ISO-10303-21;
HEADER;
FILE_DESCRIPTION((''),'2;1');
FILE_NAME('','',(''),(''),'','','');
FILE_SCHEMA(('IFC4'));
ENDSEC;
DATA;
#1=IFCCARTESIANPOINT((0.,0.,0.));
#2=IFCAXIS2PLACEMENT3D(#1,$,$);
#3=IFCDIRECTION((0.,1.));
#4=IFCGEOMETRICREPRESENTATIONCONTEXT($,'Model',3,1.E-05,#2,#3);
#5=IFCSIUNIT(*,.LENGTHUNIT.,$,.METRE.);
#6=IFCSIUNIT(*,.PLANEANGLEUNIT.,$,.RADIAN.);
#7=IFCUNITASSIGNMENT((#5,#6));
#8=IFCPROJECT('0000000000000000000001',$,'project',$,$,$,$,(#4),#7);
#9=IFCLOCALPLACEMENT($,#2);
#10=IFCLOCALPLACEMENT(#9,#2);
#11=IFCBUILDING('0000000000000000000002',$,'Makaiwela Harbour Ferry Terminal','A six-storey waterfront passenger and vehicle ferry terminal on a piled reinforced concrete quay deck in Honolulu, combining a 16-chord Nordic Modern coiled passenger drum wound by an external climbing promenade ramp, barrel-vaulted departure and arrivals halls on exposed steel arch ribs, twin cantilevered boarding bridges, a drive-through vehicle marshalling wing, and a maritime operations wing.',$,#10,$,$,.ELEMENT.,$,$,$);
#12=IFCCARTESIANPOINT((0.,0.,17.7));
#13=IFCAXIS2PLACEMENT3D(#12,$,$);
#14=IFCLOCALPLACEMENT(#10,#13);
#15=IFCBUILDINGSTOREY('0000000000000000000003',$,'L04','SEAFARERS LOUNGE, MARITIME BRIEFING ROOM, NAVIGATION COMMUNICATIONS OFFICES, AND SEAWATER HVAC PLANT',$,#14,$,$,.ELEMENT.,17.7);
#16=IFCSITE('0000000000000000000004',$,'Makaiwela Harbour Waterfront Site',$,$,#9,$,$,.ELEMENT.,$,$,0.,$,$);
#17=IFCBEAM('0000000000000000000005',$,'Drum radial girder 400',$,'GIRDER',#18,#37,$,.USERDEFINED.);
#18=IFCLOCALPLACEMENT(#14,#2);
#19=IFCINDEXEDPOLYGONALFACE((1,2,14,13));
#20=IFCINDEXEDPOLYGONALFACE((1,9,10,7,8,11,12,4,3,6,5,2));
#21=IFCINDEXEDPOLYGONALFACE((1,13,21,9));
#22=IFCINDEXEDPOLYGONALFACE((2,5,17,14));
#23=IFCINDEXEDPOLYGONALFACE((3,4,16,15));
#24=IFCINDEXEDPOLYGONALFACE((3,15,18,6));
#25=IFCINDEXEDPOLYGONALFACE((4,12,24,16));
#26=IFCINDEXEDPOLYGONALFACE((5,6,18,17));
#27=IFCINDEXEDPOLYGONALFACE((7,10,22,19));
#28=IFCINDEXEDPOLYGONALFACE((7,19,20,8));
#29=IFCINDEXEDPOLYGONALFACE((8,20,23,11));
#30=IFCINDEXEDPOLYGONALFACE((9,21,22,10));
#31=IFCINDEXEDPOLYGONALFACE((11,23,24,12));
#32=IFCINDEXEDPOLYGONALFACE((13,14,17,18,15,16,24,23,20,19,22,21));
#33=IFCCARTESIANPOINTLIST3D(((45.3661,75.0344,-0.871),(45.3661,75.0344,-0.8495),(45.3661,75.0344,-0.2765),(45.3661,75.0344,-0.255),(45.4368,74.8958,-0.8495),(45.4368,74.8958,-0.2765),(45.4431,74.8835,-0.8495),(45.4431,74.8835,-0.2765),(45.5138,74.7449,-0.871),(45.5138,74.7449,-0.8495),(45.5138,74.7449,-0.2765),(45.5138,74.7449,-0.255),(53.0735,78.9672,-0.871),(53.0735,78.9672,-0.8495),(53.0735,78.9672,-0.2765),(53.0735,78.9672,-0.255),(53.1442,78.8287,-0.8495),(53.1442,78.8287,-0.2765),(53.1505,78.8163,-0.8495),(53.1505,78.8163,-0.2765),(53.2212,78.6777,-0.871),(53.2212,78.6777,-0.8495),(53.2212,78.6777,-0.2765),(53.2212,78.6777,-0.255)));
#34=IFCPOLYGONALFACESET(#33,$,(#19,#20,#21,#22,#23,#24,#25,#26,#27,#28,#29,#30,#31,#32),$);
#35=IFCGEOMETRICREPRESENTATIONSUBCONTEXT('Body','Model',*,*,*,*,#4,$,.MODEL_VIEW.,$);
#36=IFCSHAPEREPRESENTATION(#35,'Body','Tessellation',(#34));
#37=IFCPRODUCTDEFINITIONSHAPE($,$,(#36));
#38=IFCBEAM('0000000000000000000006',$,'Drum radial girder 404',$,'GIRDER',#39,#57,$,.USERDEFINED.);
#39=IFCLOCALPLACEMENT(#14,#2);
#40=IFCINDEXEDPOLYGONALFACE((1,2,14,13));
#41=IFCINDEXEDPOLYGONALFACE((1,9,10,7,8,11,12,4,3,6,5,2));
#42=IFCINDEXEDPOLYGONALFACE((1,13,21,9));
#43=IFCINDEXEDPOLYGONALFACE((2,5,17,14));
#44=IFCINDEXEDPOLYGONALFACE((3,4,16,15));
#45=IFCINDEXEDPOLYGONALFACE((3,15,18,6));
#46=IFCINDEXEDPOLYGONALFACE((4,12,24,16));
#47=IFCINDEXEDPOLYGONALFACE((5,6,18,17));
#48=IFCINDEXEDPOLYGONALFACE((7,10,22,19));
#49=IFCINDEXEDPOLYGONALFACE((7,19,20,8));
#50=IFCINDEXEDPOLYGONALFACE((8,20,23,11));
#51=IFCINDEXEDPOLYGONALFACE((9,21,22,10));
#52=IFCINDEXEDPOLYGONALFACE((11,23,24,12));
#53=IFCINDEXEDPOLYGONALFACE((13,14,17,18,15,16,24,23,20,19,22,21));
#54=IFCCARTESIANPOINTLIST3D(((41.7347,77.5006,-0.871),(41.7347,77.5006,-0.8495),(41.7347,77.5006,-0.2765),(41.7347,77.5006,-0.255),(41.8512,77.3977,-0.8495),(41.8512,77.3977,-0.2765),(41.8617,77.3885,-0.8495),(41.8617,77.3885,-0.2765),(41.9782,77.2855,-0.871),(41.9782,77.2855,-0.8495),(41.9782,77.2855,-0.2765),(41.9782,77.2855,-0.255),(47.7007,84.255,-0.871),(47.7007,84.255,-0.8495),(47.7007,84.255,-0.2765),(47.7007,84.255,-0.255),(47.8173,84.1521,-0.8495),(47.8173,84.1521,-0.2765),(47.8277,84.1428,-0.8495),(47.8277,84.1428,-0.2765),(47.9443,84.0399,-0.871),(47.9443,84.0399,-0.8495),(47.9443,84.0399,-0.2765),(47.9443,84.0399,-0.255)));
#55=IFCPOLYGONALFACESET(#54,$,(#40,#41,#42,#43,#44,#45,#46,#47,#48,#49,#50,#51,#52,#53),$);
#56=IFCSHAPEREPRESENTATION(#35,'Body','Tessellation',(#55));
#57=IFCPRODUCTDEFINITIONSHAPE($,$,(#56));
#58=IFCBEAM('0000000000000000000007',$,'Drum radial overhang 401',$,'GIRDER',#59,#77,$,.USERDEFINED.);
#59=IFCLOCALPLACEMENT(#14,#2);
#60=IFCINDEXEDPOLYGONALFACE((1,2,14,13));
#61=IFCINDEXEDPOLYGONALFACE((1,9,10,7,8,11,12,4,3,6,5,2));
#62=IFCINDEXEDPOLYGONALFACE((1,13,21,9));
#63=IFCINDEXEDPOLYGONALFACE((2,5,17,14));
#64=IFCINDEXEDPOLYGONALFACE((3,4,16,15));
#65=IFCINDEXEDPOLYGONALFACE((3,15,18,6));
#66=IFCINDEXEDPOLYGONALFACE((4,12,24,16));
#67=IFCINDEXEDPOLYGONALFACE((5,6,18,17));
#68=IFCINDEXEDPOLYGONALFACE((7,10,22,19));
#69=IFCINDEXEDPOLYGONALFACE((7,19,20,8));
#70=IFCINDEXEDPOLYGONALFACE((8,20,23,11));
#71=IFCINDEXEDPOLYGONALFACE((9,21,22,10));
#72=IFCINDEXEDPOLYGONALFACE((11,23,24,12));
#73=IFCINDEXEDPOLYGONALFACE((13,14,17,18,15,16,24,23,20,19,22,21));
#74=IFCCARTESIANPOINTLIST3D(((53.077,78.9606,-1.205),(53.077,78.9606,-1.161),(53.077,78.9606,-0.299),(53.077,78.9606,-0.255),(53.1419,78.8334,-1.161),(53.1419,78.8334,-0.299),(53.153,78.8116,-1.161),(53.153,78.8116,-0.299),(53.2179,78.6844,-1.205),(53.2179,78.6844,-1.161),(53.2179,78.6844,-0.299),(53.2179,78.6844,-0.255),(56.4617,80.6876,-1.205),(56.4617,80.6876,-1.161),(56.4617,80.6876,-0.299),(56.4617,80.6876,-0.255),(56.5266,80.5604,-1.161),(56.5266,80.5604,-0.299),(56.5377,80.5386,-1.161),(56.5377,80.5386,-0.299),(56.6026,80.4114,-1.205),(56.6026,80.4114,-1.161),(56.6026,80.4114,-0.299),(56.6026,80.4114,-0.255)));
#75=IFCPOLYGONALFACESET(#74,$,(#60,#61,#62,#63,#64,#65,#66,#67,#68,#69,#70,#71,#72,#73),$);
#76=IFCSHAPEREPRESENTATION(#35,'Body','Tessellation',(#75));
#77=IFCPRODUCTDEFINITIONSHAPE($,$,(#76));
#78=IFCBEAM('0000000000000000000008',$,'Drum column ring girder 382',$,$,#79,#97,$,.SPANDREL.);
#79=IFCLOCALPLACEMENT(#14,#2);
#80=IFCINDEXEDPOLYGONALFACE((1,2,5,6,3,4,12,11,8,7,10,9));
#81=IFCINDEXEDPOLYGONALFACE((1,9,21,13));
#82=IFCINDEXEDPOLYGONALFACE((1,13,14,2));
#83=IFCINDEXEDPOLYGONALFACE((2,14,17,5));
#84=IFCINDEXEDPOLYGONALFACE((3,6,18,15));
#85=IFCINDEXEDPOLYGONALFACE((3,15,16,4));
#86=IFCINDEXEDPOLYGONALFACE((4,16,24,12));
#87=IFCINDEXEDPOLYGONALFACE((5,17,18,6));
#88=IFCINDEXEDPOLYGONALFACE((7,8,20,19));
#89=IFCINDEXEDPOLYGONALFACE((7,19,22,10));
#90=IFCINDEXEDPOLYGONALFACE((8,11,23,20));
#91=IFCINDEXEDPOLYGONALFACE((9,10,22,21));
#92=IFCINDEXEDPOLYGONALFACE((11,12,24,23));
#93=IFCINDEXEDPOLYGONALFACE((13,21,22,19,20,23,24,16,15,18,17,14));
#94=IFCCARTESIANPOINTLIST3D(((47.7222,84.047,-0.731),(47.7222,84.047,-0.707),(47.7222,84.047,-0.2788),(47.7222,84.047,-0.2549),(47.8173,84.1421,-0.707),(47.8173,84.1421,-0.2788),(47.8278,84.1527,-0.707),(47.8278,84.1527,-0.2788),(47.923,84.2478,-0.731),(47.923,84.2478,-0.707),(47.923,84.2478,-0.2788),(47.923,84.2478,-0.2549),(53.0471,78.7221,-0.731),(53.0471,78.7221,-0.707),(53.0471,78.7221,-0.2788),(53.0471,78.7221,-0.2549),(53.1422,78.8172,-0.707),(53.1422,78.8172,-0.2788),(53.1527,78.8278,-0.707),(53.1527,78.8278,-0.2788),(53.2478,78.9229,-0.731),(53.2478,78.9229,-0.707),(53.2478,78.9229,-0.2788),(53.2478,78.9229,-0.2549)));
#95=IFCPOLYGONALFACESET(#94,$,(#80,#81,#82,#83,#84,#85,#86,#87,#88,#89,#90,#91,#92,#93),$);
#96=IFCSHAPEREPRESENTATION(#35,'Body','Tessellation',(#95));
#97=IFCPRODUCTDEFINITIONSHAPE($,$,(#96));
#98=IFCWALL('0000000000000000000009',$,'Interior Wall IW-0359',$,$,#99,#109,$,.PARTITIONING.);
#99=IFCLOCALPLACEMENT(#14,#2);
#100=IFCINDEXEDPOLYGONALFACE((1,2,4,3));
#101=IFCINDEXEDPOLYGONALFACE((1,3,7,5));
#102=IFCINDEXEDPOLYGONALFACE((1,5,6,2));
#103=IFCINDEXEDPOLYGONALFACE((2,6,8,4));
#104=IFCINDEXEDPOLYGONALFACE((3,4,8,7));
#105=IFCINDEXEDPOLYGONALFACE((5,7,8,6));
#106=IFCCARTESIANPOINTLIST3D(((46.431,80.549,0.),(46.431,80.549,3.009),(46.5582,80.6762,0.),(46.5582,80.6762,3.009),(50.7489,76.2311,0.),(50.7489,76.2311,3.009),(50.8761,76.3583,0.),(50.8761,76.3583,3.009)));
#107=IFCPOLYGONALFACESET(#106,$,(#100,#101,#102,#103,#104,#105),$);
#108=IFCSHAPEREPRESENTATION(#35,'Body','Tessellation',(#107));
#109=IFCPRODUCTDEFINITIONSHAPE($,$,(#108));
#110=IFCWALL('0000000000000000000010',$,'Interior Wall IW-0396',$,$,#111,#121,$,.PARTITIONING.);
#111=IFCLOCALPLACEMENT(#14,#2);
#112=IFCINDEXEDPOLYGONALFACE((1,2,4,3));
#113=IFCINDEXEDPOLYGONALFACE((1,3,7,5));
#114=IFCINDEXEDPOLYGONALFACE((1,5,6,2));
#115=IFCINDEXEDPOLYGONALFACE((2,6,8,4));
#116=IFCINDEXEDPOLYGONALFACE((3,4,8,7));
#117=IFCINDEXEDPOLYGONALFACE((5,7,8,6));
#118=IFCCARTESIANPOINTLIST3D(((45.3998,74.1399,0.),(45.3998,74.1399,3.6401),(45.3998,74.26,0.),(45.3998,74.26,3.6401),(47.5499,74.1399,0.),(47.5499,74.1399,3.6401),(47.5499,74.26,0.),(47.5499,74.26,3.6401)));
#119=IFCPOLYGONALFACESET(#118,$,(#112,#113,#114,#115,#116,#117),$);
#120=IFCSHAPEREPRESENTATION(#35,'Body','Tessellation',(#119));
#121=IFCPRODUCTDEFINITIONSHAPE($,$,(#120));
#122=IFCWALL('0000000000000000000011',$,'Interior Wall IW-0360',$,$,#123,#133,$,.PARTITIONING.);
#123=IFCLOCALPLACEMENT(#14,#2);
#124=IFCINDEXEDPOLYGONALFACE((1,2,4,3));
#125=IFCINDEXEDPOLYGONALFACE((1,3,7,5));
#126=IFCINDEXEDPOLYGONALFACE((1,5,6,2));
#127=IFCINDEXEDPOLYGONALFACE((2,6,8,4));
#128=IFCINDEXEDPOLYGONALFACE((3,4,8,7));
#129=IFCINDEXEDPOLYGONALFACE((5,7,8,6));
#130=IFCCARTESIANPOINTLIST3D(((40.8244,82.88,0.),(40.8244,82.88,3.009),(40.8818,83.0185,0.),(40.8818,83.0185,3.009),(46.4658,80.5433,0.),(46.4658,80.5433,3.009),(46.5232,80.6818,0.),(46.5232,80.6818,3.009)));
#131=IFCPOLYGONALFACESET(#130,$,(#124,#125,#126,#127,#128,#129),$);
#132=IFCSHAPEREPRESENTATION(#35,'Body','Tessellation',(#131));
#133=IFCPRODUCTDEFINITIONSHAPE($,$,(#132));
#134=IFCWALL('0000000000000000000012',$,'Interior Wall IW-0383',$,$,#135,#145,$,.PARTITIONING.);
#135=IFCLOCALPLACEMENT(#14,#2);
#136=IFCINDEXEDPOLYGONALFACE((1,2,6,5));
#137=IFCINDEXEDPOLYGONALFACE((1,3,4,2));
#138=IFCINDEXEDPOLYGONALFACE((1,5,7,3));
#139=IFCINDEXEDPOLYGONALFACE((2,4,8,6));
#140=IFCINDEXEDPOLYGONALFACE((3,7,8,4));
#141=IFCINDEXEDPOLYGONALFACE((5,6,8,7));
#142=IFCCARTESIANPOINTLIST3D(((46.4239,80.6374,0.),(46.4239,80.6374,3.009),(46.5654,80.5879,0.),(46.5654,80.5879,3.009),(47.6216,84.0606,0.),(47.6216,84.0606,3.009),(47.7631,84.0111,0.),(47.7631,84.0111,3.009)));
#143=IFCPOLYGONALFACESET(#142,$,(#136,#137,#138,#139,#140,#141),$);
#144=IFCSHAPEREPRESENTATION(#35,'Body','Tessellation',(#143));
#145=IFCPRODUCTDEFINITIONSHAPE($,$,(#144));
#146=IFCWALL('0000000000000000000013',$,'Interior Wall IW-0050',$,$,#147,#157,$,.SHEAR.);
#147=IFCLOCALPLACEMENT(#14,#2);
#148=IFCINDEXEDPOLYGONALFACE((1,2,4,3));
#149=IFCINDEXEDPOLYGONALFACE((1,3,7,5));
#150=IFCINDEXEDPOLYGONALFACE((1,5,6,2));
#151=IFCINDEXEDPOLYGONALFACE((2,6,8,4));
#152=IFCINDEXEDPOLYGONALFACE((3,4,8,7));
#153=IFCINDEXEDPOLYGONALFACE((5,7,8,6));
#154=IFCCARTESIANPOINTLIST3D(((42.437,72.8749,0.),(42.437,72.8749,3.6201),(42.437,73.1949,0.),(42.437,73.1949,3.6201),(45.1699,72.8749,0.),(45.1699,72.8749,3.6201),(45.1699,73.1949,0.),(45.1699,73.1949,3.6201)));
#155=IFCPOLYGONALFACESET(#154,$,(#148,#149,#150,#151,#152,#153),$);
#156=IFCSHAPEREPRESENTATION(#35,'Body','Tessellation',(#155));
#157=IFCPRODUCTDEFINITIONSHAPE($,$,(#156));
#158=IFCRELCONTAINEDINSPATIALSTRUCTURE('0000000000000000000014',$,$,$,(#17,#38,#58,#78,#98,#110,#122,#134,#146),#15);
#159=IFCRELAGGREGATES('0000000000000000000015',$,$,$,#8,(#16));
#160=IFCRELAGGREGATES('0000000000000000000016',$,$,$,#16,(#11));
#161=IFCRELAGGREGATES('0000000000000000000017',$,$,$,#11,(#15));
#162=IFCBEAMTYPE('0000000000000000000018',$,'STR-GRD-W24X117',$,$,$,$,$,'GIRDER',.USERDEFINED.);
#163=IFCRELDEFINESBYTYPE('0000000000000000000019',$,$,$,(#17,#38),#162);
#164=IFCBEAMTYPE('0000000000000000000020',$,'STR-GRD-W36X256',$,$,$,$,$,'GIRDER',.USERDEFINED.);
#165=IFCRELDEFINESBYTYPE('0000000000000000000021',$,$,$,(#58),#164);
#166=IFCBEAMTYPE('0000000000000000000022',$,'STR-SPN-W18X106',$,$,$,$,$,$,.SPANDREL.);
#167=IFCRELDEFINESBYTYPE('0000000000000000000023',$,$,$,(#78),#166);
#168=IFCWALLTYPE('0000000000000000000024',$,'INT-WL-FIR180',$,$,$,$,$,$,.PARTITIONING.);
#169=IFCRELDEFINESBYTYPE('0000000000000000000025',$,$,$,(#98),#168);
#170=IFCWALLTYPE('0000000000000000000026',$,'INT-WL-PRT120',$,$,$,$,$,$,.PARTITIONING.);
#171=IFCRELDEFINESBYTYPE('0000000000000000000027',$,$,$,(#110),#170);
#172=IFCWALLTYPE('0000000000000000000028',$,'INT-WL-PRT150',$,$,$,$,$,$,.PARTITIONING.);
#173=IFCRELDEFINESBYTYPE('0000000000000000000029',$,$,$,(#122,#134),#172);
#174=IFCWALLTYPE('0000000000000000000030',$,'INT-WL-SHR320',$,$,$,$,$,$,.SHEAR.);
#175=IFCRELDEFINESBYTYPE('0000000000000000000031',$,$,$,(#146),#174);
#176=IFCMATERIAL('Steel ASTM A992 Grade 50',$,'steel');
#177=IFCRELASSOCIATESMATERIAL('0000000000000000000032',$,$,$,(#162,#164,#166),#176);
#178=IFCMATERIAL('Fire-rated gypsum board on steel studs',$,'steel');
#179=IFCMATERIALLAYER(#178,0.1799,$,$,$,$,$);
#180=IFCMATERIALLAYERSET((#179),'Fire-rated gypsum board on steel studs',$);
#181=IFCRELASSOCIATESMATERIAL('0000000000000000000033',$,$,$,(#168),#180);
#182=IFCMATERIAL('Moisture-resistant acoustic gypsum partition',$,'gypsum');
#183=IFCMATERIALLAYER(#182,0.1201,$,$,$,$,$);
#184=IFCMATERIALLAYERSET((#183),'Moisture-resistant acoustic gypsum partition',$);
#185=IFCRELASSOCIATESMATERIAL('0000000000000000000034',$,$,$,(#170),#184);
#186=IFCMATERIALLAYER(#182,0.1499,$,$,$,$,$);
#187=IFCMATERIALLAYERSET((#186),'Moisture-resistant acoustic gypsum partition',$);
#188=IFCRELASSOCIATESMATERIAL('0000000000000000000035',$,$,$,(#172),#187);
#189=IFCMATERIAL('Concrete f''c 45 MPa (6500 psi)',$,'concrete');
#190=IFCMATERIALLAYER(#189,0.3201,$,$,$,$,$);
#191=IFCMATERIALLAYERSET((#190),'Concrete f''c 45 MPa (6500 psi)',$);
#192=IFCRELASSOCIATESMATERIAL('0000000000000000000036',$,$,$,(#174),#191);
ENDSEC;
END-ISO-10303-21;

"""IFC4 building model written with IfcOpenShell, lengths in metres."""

from ifc_helpers import new_model, si_unit, direction, frame, frame_2d, origin, origin_2d, place, context, subcontext, project, spatial, rectangle, i_section, extrude, material, layer, layer_set, material_profile, profile_set, type_object, element, save


model = new_model("IFC4")

# Units and contexts
model_context = context("Model", 3, precision=1e-05, world=origin(), true_north=direction((0.0, 1.0)))
body_context = subcontext(model_context, "Body", "Model", "MODEL_VIEW")
ifc_project = project(units=[si_unit("LENGTHUNIT", "METRE"), si_unit("PLANEANGLEUNIT", "RADIAN")], contexts=[model_context])

# Site, building, storey
site_placement = place(None, origin())
site = spatial("IfcSite", under=ifc_project, at=site_placement, Name="Makaiwela Harbour Waterfront Site", CompositionType="ELEMENT", RefElevation=0.0)
building_placement = place(site_placement, origin())
building = spatial("IfcBuilding", under=site, at=building_placement, Name="Makaiwela Harbour Ferry Terminal", Description="A six-storey waterfront passenger and vehicle ferry terminal on a piled reinforced concrete quay deck in Honolulu, combining a 16-chord Nordic Modern coiled passenger drum wound by an external climbing promenade ramp, barrel-vaulted departure and arrivals halls on exposed steel arch ribs, twin cantilevered boarding bridges, a drive-through vehicle marshalling wing, and a maritime operations wing.", CompositionType="ELEMENT")
storey_placement = place(building_placement, frame((0.0, 0.0, 17.7)))
storey = spatial("IfcBuildingStorey", under=building, at=storey_placement, Name="L04", Description="SEAFARERS LOUNGE, MARITIME BRIEFING ROOM, NAVIGATION COMMUNICATIONS OFFICES, AND SEAWATER HVAC PLANT", CompositionType="ELEMENT", Elevation=17.7)

# Shared definitions
ifc_material_1 = material(Name="Steel ASTM A992 Grade 50", Category="steel")

# Beams
ifc_material_profile_1 = material_profile(ifc_material_1, i_section(OverallWidth=0.325, OverallDepth=0.616, WebThickness=0.0139, FlangeThickness=0.0215, at=origin_2d()), Name="W24X117")
ifc_profile_set_1 = profile_set([ifc_material_profile_1], Name="Steel ASTM A992 Grade 50")
beam_type_1 = type_object("IfcBeamType", Name="STR-GRD-W24X117", ElementType="GIRDER", PredefinedType="USERDEFINED", material=ifc_profile_set_1)
beam_1_placement = place(storey_placement, frame((45.4399, 74.8896, -0.563), z_axis=(0.890741, 0.454512, 0.0), x_axis=(-0.454512, 0.890741, 0.0)))
element("IfcBeam", 1, at=beam_1_placement, inside=storey, type_object=beam_type_1, Name="Drum radial girder 400", ObjectType="GIRDER", PredefinedType="USERDEFINED", context=body_context, shape_type="SweptSolid", body=[
    extrude(i_section(OverallWidth=0.325, OverallDepth=0.616, WebThickness=0.0139, FlangeThickness=0.0215, at=origin_2d()), origin(), (0.0, 0.0, 1.0), 8.6528),
])
beam_2_placement = place(storey_placement, frame((41.8564, 77.3931, -0.563), z_axis=(0.662015, 0.749491, 0.0), x_axis=(-0.749491, 0.662015, 0.0)))
element("IfcBeam", 2, at=beam_2_placement, inside=storey, type_object=beam_type_1, Name="Drum radial girder 404", ObjectType="GIRDER", PredefinedType="USERDEFINED", context=body_context, shape_type="SweptSolid", body=[
    extrude(i_section(OverallWidth=0.325, OverallDepth=0.616, WebThickness=0.0139, FlangeThickness=0.0215, at=origin_2d()), origin(), (0.0, 0.0, 1.0), 9.012),
])
ifc_material_profile_2 = material_profile(ifc_material_1, i_section(OverallWidth=0.3101, OverallDepth=0.95, WebThickness=0.0244, FlangeThickness=0.0439, at=origin_2d()), Name="W36X256")
ifc_profile_set_2 = profile_set([ifc_material_profile_2], Name="Steel ASTM A992 Grade 50")
beam_type_2 = type_object("IfcBeamType", Name="STR-GRD-W36X256", ElementType="GIRDER", PredefinedType="USERDEFINED", material=ifc_profile_set_2)
beam_3_placement = place(storey_placement, frame((53.1475, 78.8225, -0.73), z_axis=(0.890748, 0.454497, 0.0), x_axis=(-0.454497, 0.890748, 0.0)))
element("IfcBeam", 3, at=beam_3_placement, inside=storey, type_object=beam_type_2, Name="Drum radial overhang 401", ObjectType="GIRDER", PredefinedType="USERDEFINED", context=body_context, shape_type="SweptSolid", body=[
    extrude(i_section(OverallWidth=0.3101, OverallDepth=0.95, WebThickness=0.0244, FlangeThickness=0.0439, at=origin_2d()), origin(), (0.0, 0.0, 1.0), 3.7998),
])
ifc_material_profile_3 = material_profile(ifc_material_1, i_section(OverallWidth=0.2839, OverallDepth=0.4761, WebThickness=0.0149, FlangeThickness=0.0239, at=origin_2d()), Name="W18X106")
ifc_profile_set_3 = profile_set([ifc_material_profile_3], Name="Steel ASTM A992 Grade 50")
beam_type_3 = type_object("IfcBeamType", Name="STR-SPN-W18X106", PredefinedType="SPANDREL", material=ifc_profile_set_3)
beam_4_placement = place(storey_placement, frame((53.1475, 78.8225, -0.4929), z_axis=(-0.707107, 0.707107, 0.0), x_axis=(-0.707107, -0.707107, 0.0)))
element("IfcBeam", 4, at=beam_4_placement, inside=storey, type_object=beam_type_3, Name="Drum column ring girder 382", PredefinedType="SPANDREL", context=body_context, shape_type="SweptSolid", body=[
    extrude(i_section(OverallWidth=0.2839, OverallDepth=0.4761, WebThickness=0.0149, FlangeThickness=0.0239, at=origin_2d()), origin(), (0.0, 0.0, 1.0), 7.5305),
])

# Walls
ifc_material_2 = material(Name="Fire-rated gypsum board on steel studs", Category="steel")
ifc_layer_1 = layer(ifc_material_2, 0.1799)
ifc_layer_set_1 = layer_set([ifc_layer_1], Name="Fire-rated gypsum board on steel studs")
wall_type_1 = type_object("IfcWallType", Name="INT-WL-FIR180", PredefinedType="PARTITIONING", material=ifc_layer_set_1)
wall_1_placement = place(storey_placement, frame((50.8125, 76.2947, 0.0), z_axis=(0.0, 0.0, 1.0), x_axis=(-0.707107, 0.707107, 0.0)))
element("IfcWall", 5, at=wall_1_placement, inside=storey, type_object=wall_type_1, Name="Interior Wall IW-0359", PredefinedType="PARTITIONING", context=body_context, shape_type="SweptSolid", body=[
    extrude(rectangle(XDim=6.1064, YDim=0.1799, at=frame_2d((3.0532, 0.0))), origin(), (0.0, 0.0, 1.0), 3.009),
])
ifc_material_3 = material(Name="Moisture-resistant acoustic gypsum partition", Category="gypsum")
ifc_layer_2 = layer(ifc_material_3, 0.1201)
ifc_layer_set_2 = layer_set([ifc_layer_2], Name="Moisture-resistant acoustic gypsum partition")
wall_type_2 = type_object("IfcWallType", Name="INT-WL-PRT120", PredefinedType="PARTITIONING", material=ifc_layer_set_2)
wall_2_placement = place(storey_placement, frame((47.55, 74.2, 0.0), z_axis=(0.0, 0.0, 1.0), x_axis=(-1.0, 0.0, 0.0)))
element("IfcWall", 6, at=wall_2_placement, inside=storey, type_object=wall_type_2, Name="Interior Wall IW-0396", PredefinedType="PARTITIONING", context=body_context, shape_type="SweptSolid", body=[
    extrude(rectangle(XDim=2.1501, YDim=0.1201, at=frame_2d((1.0752, 0.0))), origin(), (0.0, 0.0, 1.0), 3.6401),
])
ifc_layer_3 = layer(ifc_material_3, 0.1499)
ifc_layer_set_3 = layer_set([ifc_layer_3], Name="Moisture-resistant acoustic gypsum partition")
wall_type_3 = type_object("IfcWallType", Name="INT-WL-PRT150", PredefinedType="PARTITIONING", material=ifc_layer_set_3)
wall_3_placement = place(storey_placement, frame((46.4946, 80.6125, 0.0), z_axis=(0.0, 0.0, 1.0), x_axis=(-0.923883, 0.382675, 0.0)))
element("IfcWall", 7, at=wall_3_placement, inside=storey, type_object=wall_type_3, Name="Interior Wall IW-0360", PredefinedType="PARTITIONING", context=body_context, shape_type="SweptSolid", body=[
    extrude(rectangle(XDim=6.1062, YDim=0.1499, at=frame_2d((3.0532, 0.0))), origin(), (0.0, 0.0, 1.0), 3.009),
])
wall_4_placement = place(storey_placement, frame((46.4946, 80.6125, 0.0), z_axis=(0.0, 0.0, 1.0), x_axis=(0.330248, 0.943894, 0.0)))
element("IfcWall", 8, at=wall_4_placement, inside=storey, type_object=wall_type_3, Name="Interior Wall IW-0383", PredefinedType="PARTITIONING", context=body_context, shape_type="SweptSolid", body=[
    extrude(rectangle(XDim=3.6267, YDim=0.1499, at=frame_2d((1.8135, 0.0))), origin(), (0.0, 0.0, 1.0), 3.009),
])
ifc_material_4 = material(Name="Concrete f'c 45 MPa (6500 psi)", Category="concrete")
ifc_layer_4 = layer(ifc_material_4, 0.3201)
ifc_layer_set_4 = layer_set([ifc_layer_4], Name="Concrete f'c 45 MPa (6500 psi)")
wall_type_4 = type_object("IfcWallType", Name="INT-WL-SHR320", PredefinedType="SHEAR", material=ifc_layer_set_4)
wall_5_placement = place(storey_placement, frame((42.437, 73.0349, 0.0), z_axis=(0.0, 0.0, 1.0), x_axis=(1.0, 0.0, 0.0)))
element("IfcWall", 9, at=wall_5_placement, inside=storey, type_object=wall_type_4, Name="Interior Wall IW-0050", PredefinedType="SHEAR", context=body_context, shape_type="SweptSolid", body=[
    extrude(rectangle(XDim=2.7329, YDim=0.3201, at=frame_2d((1.3665, 0.0))), origin(), (0.0, 0.0, 1.0), 3.6201),
])

save(model, "model.ifc")
